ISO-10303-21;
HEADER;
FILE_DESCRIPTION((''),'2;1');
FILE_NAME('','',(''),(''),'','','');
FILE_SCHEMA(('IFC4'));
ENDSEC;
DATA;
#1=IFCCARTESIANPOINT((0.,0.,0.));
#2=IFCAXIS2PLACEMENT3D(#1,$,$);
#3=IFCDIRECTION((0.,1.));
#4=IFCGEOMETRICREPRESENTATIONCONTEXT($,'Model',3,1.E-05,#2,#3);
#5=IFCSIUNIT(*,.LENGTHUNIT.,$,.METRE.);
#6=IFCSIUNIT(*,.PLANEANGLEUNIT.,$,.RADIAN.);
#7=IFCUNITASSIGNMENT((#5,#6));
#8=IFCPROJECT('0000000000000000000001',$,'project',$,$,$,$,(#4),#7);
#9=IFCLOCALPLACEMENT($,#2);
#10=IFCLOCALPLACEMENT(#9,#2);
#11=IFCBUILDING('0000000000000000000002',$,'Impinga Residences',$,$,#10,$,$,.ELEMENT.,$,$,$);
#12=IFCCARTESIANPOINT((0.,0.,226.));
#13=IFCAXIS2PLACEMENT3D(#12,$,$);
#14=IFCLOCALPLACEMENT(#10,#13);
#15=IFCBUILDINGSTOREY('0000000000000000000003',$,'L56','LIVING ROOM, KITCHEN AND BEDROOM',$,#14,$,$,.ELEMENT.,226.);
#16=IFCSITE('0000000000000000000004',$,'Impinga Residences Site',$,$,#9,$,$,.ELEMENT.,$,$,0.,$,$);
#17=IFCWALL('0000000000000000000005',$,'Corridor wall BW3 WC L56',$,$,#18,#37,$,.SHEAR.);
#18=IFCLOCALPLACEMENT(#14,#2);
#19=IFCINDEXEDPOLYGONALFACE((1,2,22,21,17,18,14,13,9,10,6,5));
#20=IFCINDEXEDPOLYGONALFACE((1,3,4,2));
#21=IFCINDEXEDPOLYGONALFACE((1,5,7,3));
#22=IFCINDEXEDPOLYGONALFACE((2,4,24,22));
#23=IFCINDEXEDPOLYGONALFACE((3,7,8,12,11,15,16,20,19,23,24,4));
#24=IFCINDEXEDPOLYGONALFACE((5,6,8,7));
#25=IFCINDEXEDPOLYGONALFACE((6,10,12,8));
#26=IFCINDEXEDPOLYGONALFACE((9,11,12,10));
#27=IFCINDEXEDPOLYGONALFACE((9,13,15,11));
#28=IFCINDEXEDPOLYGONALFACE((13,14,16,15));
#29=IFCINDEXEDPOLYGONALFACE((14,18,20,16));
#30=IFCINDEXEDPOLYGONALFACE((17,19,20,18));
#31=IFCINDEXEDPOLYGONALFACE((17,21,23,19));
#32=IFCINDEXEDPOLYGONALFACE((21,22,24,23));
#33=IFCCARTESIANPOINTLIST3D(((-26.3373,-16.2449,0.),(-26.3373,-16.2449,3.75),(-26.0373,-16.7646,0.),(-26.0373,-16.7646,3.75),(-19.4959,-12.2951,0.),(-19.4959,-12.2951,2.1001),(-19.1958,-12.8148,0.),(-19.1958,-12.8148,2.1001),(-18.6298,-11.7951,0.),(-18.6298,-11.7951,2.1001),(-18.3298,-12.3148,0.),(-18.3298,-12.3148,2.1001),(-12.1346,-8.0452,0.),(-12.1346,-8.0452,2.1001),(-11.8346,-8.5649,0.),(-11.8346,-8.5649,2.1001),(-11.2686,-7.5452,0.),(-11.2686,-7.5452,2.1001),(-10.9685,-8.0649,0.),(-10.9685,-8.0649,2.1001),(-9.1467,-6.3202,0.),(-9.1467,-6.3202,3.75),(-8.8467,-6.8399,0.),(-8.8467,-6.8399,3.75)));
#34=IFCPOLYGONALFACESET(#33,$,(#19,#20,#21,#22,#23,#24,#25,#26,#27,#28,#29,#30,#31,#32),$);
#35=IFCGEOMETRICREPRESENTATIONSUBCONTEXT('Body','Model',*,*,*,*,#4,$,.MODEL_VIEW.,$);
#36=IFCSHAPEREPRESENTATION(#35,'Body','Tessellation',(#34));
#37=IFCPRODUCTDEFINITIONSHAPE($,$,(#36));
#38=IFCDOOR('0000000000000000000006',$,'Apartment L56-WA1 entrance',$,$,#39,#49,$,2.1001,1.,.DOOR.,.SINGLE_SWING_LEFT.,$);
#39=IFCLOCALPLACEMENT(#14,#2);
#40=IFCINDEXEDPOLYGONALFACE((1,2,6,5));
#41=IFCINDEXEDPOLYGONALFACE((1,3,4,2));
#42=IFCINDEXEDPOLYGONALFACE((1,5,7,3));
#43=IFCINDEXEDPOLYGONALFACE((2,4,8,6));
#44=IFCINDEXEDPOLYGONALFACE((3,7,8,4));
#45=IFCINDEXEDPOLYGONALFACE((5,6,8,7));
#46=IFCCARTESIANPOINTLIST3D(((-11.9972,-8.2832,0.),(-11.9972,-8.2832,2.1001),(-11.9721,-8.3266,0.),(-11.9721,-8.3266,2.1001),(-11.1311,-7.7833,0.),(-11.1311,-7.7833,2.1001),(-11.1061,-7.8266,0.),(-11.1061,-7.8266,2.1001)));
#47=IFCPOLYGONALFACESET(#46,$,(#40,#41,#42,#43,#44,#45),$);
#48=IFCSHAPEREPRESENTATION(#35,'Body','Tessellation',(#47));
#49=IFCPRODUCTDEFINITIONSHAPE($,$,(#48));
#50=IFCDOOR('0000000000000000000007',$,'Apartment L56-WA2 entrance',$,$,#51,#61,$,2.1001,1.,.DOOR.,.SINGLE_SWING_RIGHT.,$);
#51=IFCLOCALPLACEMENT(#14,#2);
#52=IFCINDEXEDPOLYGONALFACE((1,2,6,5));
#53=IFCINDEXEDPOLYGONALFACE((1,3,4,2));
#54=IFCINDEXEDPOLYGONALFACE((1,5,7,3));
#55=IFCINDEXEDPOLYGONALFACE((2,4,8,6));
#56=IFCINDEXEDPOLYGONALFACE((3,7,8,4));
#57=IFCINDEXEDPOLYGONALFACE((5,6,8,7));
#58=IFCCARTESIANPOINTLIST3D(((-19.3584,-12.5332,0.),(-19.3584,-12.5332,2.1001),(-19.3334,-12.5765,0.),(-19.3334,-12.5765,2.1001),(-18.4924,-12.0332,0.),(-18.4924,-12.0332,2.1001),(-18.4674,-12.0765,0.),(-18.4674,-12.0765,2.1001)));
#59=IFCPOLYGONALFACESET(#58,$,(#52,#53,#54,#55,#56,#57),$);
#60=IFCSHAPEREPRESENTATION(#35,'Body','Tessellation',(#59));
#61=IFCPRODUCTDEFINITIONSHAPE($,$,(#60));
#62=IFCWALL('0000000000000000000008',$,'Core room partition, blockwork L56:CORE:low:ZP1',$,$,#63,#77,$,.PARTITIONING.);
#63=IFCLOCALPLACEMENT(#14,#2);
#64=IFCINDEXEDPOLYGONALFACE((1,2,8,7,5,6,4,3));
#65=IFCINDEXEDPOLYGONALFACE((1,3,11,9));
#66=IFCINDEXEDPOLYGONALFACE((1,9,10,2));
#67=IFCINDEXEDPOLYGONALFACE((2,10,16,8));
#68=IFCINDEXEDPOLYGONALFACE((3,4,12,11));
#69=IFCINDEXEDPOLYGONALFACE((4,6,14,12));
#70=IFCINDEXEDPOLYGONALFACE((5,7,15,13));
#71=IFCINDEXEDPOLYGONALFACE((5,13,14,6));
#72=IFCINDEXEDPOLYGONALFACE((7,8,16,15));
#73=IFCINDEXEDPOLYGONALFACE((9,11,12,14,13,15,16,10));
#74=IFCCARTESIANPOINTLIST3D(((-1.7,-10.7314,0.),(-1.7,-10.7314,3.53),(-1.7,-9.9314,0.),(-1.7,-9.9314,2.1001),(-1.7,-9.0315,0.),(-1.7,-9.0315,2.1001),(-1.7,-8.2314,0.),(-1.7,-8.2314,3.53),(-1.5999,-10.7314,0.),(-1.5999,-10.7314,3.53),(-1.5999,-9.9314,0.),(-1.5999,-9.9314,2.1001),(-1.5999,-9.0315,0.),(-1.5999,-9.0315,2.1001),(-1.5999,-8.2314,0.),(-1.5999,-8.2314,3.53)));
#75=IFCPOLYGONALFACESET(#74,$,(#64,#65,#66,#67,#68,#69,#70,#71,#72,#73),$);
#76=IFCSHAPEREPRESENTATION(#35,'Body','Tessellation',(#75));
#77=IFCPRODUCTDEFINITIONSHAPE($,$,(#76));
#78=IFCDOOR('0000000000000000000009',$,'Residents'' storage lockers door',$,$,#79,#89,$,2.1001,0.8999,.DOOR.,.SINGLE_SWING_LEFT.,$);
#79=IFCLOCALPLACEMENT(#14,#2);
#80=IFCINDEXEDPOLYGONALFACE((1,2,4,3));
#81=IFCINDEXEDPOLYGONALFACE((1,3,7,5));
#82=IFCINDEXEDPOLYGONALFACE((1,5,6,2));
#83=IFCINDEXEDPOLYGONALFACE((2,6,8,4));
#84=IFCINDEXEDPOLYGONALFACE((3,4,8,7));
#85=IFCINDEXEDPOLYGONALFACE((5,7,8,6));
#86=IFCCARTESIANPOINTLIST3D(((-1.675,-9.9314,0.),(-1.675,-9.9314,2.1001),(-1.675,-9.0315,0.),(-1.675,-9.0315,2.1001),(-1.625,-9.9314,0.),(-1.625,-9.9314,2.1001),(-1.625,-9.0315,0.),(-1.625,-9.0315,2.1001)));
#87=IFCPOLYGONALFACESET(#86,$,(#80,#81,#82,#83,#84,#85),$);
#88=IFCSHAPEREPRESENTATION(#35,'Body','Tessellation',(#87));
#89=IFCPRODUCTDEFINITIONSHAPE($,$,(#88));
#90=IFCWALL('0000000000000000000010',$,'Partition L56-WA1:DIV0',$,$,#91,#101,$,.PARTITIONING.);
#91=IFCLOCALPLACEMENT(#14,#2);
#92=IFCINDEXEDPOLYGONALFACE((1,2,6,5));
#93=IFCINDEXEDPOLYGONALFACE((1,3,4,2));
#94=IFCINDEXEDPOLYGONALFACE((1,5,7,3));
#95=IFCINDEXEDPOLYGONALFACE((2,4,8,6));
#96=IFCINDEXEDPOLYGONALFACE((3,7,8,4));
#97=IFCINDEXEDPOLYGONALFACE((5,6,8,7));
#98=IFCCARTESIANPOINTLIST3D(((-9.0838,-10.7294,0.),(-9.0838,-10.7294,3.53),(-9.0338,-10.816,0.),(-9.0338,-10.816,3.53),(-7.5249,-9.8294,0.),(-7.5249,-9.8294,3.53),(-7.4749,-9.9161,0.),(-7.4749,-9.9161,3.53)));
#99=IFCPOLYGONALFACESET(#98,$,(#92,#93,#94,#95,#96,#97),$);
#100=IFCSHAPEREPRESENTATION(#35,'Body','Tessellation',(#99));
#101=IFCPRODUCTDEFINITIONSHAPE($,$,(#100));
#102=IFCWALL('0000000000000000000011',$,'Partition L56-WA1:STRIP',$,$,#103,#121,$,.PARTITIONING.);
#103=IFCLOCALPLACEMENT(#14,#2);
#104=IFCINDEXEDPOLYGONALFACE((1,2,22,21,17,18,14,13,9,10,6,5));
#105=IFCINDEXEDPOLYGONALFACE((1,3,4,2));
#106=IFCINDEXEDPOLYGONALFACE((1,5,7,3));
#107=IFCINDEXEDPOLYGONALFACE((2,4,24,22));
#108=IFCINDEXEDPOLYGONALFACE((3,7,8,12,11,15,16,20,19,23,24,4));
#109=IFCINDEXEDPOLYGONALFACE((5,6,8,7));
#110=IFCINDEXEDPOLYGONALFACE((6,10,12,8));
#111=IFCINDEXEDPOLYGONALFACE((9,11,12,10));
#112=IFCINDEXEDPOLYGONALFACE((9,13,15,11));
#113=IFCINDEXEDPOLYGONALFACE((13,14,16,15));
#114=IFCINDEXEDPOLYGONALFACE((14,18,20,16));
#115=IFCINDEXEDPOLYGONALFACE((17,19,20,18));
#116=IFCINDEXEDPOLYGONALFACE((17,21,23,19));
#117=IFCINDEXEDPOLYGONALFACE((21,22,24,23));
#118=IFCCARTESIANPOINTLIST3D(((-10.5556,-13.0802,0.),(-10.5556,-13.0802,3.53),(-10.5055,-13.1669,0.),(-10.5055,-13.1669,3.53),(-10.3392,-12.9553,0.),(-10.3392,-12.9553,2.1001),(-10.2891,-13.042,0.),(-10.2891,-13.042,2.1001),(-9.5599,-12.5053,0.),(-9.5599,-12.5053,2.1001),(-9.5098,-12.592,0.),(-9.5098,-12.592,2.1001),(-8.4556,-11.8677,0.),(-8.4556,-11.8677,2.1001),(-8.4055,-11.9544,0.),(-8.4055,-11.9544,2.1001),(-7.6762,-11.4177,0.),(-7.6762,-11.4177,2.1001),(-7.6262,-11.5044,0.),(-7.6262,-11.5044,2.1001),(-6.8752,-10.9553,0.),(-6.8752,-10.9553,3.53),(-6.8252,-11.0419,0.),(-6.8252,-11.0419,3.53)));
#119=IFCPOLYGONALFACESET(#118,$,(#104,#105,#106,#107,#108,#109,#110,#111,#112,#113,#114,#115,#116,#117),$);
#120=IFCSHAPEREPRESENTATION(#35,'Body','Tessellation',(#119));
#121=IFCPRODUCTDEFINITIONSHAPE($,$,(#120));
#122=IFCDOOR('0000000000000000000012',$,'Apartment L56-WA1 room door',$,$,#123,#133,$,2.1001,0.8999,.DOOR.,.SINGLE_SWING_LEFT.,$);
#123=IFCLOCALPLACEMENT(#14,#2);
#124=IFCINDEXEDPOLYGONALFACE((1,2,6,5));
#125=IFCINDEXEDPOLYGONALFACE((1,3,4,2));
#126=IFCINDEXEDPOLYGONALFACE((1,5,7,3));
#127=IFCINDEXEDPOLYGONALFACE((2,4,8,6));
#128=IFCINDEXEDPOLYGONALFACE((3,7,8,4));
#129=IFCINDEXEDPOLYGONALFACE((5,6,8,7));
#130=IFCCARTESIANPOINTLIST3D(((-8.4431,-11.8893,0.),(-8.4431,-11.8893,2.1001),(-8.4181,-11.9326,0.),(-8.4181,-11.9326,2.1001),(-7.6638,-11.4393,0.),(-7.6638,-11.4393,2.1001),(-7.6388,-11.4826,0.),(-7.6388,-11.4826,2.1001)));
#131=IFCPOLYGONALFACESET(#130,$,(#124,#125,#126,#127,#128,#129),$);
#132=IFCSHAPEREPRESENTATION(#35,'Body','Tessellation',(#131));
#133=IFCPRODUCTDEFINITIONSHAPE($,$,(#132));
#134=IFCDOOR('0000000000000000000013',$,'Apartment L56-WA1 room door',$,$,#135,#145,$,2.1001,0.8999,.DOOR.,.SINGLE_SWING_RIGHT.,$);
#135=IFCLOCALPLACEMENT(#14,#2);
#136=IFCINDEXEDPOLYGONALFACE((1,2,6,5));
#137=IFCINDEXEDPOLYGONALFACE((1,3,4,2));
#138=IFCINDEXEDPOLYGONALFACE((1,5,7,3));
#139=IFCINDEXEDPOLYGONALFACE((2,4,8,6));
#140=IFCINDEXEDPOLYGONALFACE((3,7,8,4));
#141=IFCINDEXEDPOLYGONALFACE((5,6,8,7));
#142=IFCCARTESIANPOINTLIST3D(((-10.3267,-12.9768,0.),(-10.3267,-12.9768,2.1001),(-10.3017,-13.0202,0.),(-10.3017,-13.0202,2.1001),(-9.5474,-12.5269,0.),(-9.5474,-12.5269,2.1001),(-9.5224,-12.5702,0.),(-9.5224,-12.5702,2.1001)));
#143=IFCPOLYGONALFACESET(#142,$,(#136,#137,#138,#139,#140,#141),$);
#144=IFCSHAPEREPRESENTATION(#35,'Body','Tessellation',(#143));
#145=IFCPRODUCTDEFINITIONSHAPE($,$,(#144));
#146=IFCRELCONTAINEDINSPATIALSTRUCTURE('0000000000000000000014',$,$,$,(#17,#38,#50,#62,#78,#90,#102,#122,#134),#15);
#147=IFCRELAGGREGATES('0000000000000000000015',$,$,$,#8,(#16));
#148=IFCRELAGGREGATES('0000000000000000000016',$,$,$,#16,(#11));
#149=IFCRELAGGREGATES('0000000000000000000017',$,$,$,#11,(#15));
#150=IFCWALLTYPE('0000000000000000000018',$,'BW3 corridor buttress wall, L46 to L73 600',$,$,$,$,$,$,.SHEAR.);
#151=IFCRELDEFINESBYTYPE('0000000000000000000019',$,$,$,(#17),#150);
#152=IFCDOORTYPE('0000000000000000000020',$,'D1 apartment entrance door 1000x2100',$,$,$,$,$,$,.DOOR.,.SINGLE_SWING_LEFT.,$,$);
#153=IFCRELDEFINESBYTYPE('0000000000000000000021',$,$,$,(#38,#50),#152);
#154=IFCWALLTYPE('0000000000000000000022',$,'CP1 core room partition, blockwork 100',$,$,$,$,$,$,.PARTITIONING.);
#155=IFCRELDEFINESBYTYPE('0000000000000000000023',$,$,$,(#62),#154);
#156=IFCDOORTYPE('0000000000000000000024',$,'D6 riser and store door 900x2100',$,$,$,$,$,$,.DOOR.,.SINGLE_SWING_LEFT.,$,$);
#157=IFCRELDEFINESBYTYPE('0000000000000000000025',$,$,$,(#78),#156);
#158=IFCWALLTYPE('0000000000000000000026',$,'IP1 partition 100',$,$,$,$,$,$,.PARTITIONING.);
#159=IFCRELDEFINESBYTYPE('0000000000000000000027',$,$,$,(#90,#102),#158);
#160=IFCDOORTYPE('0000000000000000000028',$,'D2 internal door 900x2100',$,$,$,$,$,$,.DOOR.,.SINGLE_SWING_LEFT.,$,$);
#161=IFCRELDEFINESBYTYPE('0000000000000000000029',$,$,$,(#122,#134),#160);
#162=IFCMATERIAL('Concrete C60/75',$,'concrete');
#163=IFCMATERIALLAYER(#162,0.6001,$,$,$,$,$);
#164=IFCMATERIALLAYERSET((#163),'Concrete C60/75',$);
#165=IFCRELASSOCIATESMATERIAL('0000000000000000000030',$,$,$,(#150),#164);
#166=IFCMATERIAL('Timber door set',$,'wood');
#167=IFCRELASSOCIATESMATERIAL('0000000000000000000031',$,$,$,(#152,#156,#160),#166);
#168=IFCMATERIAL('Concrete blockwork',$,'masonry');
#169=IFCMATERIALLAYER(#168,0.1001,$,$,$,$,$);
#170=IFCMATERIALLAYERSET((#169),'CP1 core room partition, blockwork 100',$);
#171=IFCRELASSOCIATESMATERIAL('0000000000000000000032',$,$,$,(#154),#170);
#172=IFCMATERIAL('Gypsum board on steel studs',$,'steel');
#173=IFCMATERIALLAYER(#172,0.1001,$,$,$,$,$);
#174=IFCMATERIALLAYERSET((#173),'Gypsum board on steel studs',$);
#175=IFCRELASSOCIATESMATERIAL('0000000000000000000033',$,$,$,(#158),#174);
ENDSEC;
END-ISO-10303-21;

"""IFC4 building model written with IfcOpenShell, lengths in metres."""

from ifc_helpers import new_model, si_unit, direction, frame, frame_2d, origin, place, context, subcontext, project, spatial, rectangle, extrude, material, layer, layer_set, type_object, element, fill, save


model = new_model("IFC4")

# Units and contexts
model_context = context("Model", 3, precision=1e-05, world=origin(), true_north=direction((0.0, 1.0)))
body_context = subcontext(model_context, "Body", "Model", "MODEL_VIEW")
ifc_project = project(units=[si_unit("LENGTHUNIT", "METRE"), si_unit("PLANEANGLEUNIT", "RADIAN")], contexts=[model_context])

# Site, building, storey
site_placement = place(None, origin())
site = spatial("IfcSite", under=ifc_project, at=site_placement, Name="Impinga Residences Site", CompositionType="ELEMENT", RefElevation=0.0)
building_placement = place(site_placement, origin())
building = spatial("IfcBuilding", under=site, at=building_placement, Name="Impinga Residences", CompositionType="ELEMENT")
storey_placement = place(building_placement, frame((0.0, 0.0, 226.0)))
storey = spatial("IfcBuildingStorey", under=building, at=storey_placement, Name="L56", Description="LIVING ROOM, KITCHEN AND BEDROOM", CompositionType="ELEMENT", Elevation=226.0)

# Wall, openings, doors
ifc_material_1 = material(Name="Concrete C60/75", Category="concrete")
ifc_layer_1 = layer(ifc_material_1, 0.6001)
ifc_layer_set_1 = layer_set([ifc_layer_1], Name="Concrete C60/75")
wall_type_1 = type_object("IfcWallType", Name="BW3 corridor buttress wall, L46 to L73 600", PredefinedType="SHEAR", material=ifc_layer_set_1)
wall_1_placement = place(storey_placement, frame((-8.9968, -6.5801, 0.0), z_axis=(0.0, 0.0, 1.0), x_axis=(-0.866031, -0.499991, 0.0)))
wall_1 = element("IfcWall", 1, at=wall_1_placement, inside=storey, type_object=wall_type_1, Name="Corridor wall BW3 WC L56", PredefinedType="SHEAR", context=body_context, shape_type="SweptSolid", body=[
    extrude(rectangle(XDim=19.8499, YDim=0.6001, at=frame_2d((9.9248, 0.0))), origin(), (0.0, 0.0, 1.0), 3.75),
])
opening_1_placement = place(wall_1_placement, frame((2.45, 0.0, 0.0)))
opening_1 = element("IfcOpeningElement", 2, at=opening_1_placement, cuts=wall_1, PredefinedType="OPENING", context=body_context, shape_type="SweptSolid", body=[
    extrude(rectangle(XDim=1.0, YDim=2.1001, at=frame_2d((0.5, 1.05))), frame((0.0, 0.3101, 0.0), z_axis=(0.0, -1.0, 0.0), x_axis=(1.0, 0.0, 0.0)), (0.0, 0.0, 1.0), 0.6201),
])
opening_2_placement = place(wall_1_placement, frame((10.95, 0.0, 0.0)))
opening_2 = element("IfcOpeningElement", 3, at=opening_2_placement, cuts=wall_1, PredefinedType="OPENING", context=body_context, shape_type="SweptSolid", body=[
    extrude(rectangle(XDim=1.0, YDim=2.1001, at=frame_2d((0.5, 1.05))), frame((0.0, 0.3101, 0.0), z_axis=(0.0, -1.0, 0.0), x_axis=(1.0, 0.0, 0.0)), (0.0, 0.0, 1.0), 0.6201),
])
ifc_material_2 = material(Name="Timber door set", Category="wood")
door_type_1 = type_object("IfcDoorType", Name="D1 apartment entrance door 1000x2100", OperationType="SINGLE_SWING_LEFT", PredefinedType="DOOR", material=ifc_material_2)
door_1_placement = place(opening_1_placement, origin())
door_1 = element("IfcDoor", 4, at=door_1_placement, inside=storey, type_object=door_type_1, Name="Apartment L56-WA1 entrance", OperationType="SINGLE_SWING_LEFT", OverallHeight=2.1001, OverallWidth=1.0, PredefinedType="DOOR", context=body_context, shape_type="SweptSolid", body=[
    extrude(rectangle(XDim=1.0, YDim=2.1001, at=frame_2d((0.5, 1.05))), frame((0.0, 0.0249, 0.0), z_axis=(0.0, -1.0, 0.0), x_axis=(1.0, 0.0, 0.0)), (0.0, 0.0, 1.0), 0.05),
])
fill(opening_1, door_1)
door_2_placement = place(opening_2_placement, origin())
door_2 = element("IfcDoor", 5, at=door_2_placement, inside=storey, type_object=door_type_1, Name="Apartment L56-WA2 entrance", OperationType="SINGLE_SWING_RIGHT", OverallHeight=2.1001, OverallWidth=1.0, PredefinedType="DOOR", context=body_context, shape_type="SweptSolid", body=[
    extrude(rectangle(XDim=1.0, YDim=2.1001, at=frame_2d((0.5, 1.05))), frame((0.0, 0.0249, 0.0), z_axis=(0.0, -1.0, 0.0), x_axis=(1.0, 0.0, 0.0)), (0.0, 0.0, 1.0), 0.05),
])
fill(opening_2, door_2)

# Wall, opening, door
ifc_material_3 = material(Name="Concrete blockwork", Category="masonry")
ifc_layer_2 = layer(ifc_material_3, 0.1001)
ifc_layer_set_2 = layer_set([ifc_layer_2], Name="CP1 core room partition, blockwork 100")
wall_type_2 = type_object("IfcWallType", Name="CP1 core room partition, blockwork 100", PredefinedType="PARTITIONING", material=ifc_layer_set_2)
wall_2_placement = place(storey_placement, frame((-1.6499, -8.2314, 0.0), z_axis=(0.0, 0.0, 1.0), x_axis=(0.0, -1.0, 0.0)))
wall_2 = element("IfcWall", 6, at=wall_2_placement, inside=storey, type_object=wall_type_2, Name="Core room partition, blockwork L56:CORE:low:ZP1", PredefinedType="PARTITIONING", context=body_context, shape_type="SweptSolid", body=[
    extrude(rectangle(XDim=2.5, YDim=0.1001, at=frame_2d((1.25, 0.0))), origin(), (0.0, 0.0, 1.0), 3.53),
])
opening_3_placement = place(wall_2_placement, frame((0.8, 0.0, 0.0)))
opening_3 = element("IfcOpeningElement", 7, at=opening_3_placement, cuts=wall_2, PredefinedType="OPENING", context=body_context, shape_type="SweptSolid", body=[
    extrude(rectangle(XDim=0.8999, YDim=2.1001, at=frame_2d((0.45, 1.05))), frame((0.0, 0.0601, 0.0), z_axis=(0.0, -1.0, 0.0), x_axis=(1.0, 0.0, 0.0)), (0.0, 0.0, 1.0), 0.1201),
])
door_type_2 = type_object("IfcDoorType", Name="D6 riser and store door 900x2100", OperationType="SINGLE_SWING_LEFT", PredefinedType="DOOR", material=ifc_material_2)
door_3_placement = place(opening_3_placement, origin())
door_3 = element("IfcDoor", 8, at=door_3_placement, inside=storey, type_object=door_type_2, Name="Residents' storage lockers door", OperationType="SINGLE_SWING_LEFT", OverallHeight=2.1001, OverallWidth=0.8999, PredefinedType="DOOR", context=body_context, shape_type="SweptSolid", body=[
    extrude(rectangle(XDim=0.8999, YDim=2.1001, at=frame_2d((0.45, 1.05))), frame((0.0, 0.0249, 0.0), z_axis=(0.0, -1.0, 0.0), x_axis=(1.0, 0.0, 0.0)), (0.0, 0.0, 1.0), 0.05),
])
fill(opening_3, door_3)

# Wall
ifc_material_4 = material(Name="Gypsum board on steel studs", Category="steel")
ifc_layer_3 = layer(ifc_material_4, 0.1001)
ifc_layer_set_3 = layer_set([ifc_layer_3], Name="Gypsum board on steel studs")
wall_type_3 = type_object("IfcWallType", Name="IP1 partition 100", PredefinedType="PARTITIONING", material=ifc_layer_set_3)
wall_3_placement = place(storey_placement, frame((-7.5, -9.8728, 0.0), z_axis=(0.0, 0.0, 1.0), x_axis=(-0.866048, -0.499961, 0.0)))
element("IfcWall", 9, at=wall_3_placement, inside=storey, type_object=wall_type_3, Name="Partition L56-WA1:DIV0", PredefinedType="PARTITIONING", context=body_context, shape_type="SweptSolid", body=[
    extrude(rectangle(XDim=1.8, YDim=0.1001, at=frame_2d((0.8999, 0.0))), origin(), (0.0, 0.0, 1.0), 3.53),
])

# Wall, openings, doors
wall_4_placement = place(storey_placement, frame((-6.8501, -10.9985, 0.0), z_axis=(0.0, 0.0, 1.0), x_axis=(-0.866014, -0.500019, 0.0)))
wall_4 = element("IfcWall", 10, at=wall_4_placement, inside=storey, type_object=wall_type_3, Name="Partition L56-WA1:STRIP", PredefinedType="PARTITIONING", context=body_context, shape_type="SweptSolid", body=[
    extrude(rectangle(XDim=4.2498, YDim=0.1001, at=frame_2d((2.125, 0.0))), origin(), (0.0, 0.0, 1.0), 3.53),
])
opening_4_placement = place(wall_4_placement, frame((0.925, 0.0, 0.0)))
opening_4 = element("IfcOpeningElement", 11, at=opening_4_placement, cuts=wall_4, PredefinedType="OPENING", context=body_context, shape_type="SweptSolid", body=[
    extrude(rectangle(XDim=0.8999, YDim=2.1001, at=frame_2d((0.45, 1.05))), frame((0.0, 0.0601, 0.0), z_axis=(0.0, -1.0, 0.0), x_axis=(1.0, 0.0, 0.0)), (0.0, 0.0, 1.0), 0.1201),
])
opening_5_placement = place(wall_4_placement, frame((3.1001, 0.0, 0.0)))
opening_5 = element("IfcOpeningElement", 12, at=opening_5_placement, cuts=wall_4, PredefinedType="OPENING", context=body_context, shape_type="SweptSolid", body=[
    extrude(rectangle(XDim=0.8999, YDim=2.1001, at=frame_2d((0.45, 1.05))), frame((0.0, 0.0601, 0.0), z_axis=(0.0, -1.0, 0.0), x_axis=(1.0, 0.0, 0.0)), (0.0, 0.0, 1.0), 0.1201),
])
door_type_3 = type_object("IfcDoorType", Name="D2 internal door 900x2100", OperationType="SINGLE_SWING_LEFT", PredefinedType="DOOR", material=ifc_material_2)
door_4_placement = place(opening_4_placement, origin())
door_4 = element("IfcDoor", 13, at=door_4_placement, inside=storey, type_object=door_type_3, Name="Apartment L56-WA1 room door", OperationType="SINGLE_SWING_LEFT", OverallHeight=2.1001, OverallWidth=0.8999, PredefinedType="DOOR", context=body_context, shape_type="SweptSolid", body=[
    extrude(rectangle(XDim=0.8999, YDim=2.1001, at=frame_2d((0.45, 1.05))), frame((0.0, 0.0249, 0.0), z_axis=(0.0, -1.0, 0.0), x_axis=(1.0, 0.0, 0.0)), (0.0, 0.0, 1.0), 0.05),
])
fill(opening_4, door_4)
door_5_placement = place(opening_5_placement, origin())
door_5 = element("IfcDoor", 14, at=door_5_placement, inside=storey, type_object=door_type_3, Name="Apartment L56-WA1 room door", OperationType="SINGLE_SWING_RIGHT", OverallHeight=2.1001, OverallWidth=0.8999, PredefinedType="DOOR", context=body_context, shape_type="SweptSolid", body=[
    extrude(rectangle(XDim=0.8999, YDim=2.1001, at=frame_2d((0.45, 1.05))), frame((0.0, 0.0249, 0.0), z_axis=(0.0, -1.0, 0.0), x_axis=(1.0, 0.0, 0.0)), (0.0, 0.0, 1.0), 0.05),
])
fill(opening_5, door_5)

save(model, "model.ifc")
